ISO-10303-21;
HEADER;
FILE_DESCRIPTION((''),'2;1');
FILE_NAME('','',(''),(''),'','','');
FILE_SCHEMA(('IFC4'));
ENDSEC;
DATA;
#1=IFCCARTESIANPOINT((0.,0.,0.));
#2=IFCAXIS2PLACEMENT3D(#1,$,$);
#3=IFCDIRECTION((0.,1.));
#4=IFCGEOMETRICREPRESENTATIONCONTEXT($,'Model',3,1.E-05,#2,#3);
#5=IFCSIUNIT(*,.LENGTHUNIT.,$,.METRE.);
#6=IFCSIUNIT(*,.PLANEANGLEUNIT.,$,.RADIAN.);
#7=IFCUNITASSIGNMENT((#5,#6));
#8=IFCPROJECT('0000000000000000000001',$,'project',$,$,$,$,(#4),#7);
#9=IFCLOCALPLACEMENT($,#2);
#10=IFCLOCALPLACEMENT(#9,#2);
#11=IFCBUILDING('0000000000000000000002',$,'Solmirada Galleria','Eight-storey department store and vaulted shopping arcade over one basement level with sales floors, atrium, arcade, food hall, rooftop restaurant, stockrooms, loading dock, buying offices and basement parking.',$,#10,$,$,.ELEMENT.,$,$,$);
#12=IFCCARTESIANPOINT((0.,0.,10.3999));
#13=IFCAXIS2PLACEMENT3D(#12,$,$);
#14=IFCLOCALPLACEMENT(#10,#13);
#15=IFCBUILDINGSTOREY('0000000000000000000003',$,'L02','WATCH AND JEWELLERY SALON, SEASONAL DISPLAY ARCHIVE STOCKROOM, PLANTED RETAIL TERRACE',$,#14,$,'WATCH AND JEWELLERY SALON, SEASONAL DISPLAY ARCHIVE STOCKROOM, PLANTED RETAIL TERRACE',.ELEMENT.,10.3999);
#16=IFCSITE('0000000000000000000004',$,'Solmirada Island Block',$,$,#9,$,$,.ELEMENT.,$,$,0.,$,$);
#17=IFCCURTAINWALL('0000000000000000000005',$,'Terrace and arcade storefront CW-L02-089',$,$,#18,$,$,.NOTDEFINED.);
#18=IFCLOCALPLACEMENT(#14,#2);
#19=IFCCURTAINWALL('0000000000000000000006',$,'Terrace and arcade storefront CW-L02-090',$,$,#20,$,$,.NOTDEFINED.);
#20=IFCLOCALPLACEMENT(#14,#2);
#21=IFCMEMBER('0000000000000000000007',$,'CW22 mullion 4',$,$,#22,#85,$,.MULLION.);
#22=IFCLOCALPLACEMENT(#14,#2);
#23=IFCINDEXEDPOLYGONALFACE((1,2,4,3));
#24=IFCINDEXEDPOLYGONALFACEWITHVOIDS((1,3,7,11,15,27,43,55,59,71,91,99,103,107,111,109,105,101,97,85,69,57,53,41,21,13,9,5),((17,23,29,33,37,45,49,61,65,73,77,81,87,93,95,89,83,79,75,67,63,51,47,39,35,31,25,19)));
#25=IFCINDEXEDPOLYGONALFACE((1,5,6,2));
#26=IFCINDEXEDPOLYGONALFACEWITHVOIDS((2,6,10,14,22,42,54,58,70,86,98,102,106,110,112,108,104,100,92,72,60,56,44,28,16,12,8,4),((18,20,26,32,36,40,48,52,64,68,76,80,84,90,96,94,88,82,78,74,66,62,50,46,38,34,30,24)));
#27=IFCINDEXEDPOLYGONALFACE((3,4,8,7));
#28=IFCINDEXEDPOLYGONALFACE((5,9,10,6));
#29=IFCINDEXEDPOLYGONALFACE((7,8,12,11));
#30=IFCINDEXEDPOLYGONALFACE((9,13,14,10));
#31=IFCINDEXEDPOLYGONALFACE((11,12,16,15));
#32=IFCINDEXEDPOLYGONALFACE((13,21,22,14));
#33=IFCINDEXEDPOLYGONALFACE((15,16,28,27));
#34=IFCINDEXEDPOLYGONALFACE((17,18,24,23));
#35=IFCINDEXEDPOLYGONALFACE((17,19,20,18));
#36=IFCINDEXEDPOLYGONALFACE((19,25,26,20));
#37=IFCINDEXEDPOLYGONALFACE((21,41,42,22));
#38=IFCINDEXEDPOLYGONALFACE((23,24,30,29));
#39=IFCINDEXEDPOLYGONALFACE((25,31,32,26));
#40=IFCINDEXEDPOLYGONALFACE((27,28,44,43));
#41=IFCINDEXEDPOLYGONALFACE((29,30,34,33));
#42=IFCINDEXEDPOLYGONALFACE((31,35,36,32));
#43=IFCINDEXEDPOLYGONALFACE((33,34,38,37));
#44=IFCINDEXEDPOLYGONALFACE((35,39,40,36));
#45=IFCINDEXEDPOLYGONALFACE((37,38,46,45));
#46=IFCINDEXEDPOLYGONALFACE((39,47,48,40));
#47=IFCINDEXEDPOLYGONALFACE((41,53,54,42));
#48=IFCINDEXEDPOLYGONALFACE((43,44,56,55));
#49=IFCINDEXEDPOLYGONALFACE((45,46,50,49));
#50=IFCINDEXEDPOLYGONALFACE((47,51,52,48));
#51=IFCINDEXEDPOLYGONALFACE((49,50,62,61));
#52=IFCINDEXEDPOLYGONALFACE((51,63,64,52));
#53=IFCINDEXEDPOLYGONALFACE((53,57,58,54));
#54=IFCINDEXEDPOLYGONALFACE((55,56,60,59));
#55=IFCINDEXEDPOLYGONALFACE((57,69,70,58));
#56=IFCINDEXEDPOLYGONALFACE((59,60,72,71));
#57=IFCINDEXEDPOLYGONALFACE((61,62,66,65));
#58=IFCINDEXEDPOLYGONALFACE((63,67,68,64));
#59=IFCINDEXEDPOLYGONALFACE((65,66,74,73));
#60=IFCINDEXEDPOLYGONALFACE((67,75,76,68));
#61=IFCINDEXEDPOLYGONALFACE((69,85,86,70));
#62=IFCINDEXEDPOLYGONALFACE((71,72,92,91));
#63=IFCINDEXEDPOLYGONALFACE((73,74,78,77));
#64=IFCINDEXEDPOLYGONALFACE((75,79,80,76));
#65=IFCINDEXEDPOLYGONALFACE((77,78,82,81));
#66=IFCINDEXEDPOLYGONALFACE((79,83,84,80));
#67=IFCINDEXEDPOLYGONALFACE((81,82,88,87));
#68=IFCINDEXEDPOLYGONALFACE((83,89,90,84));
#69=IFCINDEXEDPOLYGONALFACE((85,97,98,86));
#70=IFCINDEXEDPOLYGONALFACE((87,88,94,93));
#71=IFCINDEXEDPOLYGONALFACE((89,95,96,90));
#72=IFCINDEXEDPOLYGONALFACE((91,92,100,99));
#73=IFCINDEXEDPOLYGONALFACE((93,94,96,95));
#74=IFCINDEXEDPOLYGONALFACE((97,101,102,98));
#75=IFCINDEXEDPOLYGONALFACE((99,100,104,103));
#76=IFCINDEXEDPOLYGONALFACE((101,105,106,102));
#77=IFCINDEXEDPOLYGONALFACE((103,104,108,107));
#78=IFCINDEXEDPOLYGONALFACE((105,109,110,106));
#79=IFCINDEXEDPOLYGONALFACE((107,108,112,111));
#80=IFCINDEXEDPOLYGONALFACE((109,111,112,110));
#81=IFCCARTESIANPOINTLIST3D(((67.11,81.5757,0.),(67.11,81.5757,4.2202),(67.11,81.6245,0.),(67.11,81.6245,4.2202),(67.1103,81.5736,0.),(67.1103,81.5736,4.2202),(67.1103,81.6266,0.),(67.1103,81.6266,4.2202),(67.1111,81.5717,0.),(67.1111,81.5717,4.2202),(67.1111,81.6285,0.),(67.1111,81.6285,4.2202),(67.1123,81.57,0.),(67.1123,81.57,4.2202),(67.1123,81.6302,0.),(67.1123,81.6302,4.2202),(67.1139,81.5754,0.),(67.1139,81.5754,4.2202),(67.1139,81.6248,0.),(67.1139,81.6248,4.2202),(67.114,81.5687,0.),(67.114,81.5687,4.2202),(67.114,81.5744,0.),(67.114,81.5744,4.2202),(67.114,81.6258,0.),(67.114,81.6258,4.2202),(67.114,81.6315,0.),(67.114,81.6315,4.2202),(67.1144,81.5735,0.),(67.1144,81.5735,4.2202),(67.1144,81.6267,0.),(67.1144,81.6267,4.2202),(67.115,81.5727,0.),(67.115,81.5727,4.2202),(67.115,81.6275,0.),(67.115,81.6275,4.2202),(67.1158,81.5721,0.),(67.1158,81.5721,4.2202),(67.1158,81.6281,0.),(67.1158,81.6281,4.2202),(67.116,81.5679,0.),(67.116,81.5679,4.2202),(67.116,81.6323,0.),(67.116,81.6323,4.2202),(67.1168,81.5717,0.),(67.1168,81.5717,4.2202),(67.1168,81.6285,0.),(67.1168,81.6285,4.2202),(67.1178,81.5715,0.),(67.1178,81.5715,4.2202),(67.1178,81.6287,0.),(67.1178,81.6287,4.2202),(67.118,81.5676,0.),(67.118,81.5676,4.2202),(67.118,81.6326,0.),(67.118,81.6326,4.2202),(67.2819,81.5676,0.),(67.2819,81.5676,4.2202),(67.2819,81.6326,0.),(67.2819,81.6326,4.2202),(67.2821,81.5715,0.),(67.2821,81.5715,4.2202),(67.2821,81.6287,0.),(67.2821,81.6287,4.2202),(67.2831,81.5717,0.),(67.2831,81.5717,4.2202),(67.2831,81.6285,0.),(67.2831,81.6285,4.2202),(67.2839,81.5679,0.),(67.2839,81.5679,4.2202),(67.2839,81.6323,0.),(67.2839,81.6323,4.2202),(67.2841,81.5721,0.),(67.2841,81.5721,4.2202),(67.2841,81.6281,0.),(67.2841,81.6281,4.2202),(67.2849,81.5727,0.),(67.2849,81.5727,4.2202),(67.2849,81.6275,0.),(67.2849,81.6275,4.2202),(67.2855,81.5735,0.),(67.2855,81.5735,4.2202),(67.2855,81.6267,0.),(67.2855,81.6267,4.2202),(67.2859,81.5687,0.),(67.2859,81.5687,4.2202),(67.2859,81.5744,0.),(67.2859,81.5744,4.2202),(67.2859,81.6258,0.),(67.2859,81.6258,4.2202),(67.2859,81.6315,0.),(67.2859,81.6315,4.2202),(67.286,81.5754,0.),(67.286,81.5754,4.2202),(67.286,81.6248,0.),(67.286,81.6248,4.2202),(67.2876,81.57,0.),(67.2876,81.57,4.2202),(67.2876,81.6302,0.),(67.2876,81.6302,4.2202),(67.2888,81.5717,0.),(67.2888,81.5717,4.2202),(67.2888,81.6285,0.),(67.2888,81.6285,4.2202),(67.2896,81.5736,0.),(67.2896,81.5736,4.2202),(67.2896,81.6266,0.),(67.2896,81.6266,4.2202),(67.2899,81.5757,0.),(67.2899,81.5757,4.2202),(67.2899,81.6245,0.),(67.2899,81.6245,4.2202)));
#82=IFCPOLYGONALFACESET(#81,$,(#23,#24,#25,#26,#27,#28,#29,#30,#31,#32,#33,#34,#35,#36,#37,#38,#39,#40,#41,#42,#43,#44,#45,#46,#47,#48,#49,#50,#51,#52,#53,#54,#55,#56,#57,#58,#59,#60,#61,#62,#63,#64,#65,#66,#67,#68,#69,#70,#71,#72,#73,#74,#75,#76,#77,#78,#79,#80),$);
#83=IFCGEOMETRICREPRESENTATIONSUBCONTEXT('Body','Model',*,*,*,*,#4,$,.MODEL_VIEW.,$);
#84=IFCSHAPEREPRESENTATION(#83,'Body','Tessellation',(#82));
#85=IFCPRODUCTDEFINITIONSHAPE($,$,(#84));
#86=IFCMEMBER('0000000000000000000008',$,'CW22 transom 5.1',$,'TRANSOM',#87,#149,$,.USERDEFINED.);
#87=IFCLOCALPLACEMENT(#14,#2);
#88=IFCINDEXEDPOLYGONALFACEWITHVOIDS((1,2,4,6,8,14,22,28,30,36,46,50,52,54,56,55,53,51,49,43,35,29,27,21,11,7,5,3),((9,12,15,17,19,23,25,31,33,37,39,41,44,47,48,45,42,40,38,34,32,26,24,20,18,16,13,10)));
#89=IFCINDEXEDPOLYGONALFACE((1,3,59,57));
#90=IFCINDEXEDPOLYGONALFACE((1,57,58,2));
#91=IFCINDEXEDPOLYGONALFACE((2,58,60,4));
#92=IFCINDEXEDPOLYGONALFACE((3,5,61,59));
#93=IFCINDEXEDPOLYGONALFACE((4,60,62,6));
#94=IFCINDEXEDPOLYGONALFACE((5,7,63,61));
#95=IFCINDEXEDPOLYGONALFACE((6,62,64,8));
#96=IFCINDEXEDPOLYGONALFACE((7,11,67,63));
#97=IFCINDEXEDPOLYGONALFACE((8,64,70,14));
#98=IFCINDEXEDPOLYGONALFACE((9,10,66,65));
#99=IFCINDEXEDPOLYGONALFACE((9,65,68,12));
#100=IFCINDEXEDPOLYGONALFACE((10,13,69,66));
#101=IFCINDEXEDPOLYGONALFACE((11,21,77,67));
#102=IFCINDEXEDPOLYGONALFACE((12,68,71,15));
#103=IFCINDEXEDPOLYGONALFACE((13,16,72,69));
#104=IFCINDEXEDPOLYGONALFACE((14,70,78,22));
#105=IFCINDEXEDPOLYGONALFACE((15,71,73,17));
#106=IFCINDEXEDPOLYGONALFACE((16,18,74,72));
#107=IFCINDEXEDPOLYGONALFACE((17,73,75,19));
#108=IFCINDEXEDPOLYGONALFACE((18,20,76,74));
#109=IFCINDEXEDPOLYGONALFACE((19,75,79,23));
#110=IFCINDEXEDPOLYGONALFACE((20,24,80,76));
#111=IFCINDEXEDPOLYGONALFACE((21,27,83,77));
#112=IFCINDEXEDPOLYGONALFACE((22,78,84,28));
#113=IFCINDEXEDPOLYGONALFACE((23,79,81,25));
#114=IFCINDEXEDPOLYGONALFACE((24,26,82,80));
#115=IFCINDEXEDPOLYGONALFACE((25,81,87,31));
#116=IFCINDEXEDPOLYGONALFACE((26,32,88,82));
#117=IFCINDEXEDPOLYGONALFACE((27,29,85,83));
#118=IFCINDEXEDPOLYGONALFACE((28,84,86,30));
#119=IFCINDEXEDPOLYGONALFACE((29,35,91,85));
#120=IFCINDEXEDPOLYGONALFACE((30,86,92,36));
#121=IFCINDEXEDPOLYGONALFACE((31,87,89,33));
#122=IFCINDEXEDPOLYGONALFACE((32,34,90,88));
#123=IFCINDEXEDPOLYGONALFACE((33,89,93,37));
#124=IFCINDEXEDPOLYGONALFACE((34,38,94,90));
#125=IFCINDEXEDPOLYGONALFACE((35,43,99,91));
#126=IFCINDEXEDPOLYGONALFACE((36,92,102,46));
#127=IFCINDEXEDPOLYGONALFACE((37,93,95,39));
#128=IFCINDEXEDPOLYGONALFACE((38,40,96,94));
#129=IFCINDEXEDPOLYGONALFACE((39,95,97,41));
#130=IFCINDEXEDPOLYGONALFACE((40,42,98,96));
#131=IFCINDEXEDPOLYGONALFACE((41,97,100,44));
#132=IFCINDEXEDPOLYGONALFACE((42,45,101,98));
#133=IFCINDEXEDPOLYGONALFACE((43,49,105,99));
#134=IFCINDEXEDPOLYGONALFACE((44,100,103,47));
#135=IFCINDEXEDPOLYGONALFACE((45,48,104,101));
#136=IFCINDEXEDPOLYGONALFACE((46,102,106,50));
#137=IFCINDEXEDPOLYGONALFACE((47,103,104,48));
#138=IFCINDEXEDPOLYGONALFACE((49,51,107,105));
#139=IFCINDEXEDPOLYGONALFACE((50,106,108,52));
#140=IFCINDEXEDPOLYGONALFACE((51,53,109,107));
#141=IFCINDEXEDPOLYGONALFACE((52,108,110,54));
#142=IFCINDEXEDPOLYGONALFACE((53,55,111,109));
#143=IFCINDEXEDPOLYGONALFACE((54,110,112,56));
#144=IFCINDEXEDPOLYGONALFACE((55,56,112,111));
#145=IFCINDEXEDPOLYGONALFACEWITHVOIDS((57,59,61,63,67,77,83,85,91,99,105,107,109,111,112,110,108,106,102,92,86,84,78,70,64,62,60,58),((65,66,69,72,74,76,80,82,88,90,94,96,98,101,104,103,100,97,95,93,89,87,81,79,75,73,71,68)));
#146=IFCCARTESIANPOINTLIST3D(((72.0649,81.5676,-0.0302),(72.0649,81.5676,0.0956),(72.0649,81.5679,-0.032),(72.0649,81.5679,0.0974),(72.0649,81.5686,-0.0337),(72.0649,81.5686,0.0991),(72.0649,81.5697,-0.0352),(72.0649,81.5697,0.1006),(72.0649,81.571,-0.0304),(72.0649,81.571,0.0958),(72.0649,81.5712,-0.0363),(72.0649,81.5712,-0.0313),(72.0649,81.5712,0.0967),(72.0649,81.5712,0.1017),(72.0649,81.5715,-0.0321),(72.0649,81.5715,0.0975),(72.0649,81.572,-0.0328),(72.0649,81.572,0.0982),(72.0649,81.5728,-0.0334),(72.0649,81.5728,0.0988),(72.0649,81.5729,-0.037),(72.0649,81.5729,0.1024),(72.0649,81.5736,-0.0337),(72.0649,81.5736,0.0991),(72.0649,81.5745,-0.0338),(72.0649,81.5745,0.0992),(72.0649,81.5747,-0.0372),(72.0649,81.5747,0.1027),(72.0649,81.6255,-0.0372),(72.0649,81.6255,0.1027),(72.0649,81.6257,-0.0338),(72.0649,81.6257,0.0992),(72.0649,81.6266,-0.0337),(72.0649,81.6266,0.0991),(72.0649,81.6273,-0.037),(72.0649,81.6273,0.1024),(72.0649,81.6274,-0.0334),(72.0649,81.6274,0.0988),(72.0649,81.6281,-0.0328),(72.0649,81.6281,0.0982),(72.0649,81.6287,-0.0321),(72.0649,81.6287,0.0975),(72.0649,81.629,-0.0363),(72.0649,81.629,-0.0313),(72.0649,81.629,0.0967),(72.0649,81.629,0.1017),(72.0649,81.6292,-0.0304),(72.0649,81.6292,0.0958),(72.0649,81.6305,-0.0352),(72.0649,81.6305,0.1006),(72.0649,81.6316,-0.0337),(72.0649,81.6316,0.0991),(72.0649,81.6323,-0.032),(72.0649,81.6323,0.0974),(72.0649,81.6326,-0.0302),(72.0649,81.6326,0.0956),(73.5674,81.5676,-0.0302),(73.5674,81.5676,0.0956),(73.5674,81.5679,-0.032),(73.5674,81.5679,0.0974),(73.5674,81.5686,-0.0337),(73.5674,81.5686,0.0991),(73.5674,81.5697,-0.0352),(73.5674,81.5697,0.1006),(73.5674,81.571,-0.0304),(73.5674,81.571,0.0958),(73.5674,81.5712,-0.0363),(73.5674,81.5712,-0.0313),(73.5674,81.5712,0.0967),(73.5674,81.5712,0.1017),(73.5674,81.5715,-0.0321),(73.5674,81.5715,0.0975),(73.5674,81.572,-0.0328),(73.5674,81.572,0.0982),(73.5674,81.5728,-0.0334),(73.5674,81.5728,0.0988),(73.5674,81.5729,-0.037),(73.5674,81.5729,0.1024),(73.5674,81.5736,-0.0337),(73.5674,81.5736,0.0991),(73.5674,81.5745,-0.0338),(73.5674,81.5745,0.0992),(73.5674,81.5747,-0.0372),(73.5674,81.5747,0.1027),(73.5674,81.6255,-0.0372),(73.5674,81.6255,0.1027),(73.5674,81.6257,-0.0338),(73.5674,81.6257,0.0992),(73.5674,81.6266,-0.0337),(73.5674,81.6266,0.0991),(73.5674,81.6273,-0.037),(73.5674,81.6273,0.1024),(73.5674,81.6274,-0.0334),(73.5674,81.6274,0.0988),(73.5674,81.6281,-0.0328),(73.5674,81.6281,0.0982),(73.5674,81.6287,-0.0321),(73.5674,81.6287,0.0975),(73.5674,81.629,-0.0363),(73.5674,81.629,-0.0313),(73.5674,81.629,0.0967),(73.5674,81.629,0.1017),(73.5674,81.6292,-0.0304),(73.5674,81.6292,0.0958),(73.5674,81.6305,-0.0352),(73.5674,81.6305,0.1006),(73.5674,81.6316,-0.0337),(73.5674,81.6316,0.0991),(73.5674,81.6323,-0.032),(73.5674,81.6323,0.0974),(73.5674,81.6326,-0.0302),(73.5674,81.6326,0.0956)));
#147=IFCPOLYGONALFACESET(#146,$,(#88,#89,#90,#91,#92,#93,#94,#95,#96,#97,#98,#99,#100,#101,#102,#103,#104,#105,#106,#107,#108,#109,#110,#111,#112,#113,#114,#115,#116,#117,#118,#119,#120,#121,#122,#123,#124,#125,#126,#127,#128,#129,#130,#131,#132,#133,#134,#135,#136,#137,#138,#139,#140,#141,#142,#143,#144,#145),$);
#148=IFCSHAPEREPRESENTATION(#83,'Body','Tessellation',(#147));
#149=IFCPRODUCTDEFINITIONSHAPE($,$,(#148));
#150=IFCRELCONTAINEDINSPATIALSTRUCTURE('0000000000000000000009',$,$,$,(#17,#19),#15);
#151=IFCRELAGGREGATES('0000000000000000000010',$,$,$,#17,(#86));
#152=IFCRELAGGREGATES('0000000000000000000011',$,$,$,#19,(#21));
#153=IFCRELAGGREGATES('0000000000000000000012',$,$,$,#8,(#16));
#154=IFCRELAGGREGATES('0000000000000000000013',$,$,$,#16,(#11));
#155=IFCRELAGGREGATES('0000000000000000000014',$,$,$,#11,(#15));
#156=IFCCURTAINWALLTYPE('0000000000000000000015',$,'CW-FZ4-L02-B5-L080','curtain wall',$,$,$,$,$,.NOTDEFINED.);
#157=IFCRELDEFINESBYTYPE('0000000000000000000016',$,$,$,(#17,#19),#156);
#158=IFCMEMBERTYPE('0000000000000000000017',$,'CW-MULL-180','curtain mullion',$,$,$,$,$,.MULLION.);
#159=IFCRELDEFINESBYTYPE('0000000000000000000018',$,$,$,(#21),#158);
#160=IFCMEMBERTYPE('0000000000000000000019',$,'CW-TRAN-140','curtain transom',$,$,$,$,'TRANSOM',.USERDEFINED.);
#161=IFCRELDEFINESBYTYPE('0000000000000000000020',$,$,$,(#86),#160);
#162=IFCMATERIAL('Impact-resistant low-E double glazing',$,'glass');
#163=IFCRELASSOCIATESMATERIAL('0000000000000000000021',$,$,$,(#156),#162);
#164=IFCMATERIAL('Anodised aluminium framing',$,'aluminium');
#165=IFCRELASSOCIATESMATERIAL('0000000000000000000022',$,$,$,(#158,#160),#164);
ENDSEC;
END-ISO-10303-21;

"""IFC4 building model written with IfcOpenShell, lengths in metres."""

from ifc_helpers import new_model, si_unit, direction, frame, origin, origin_2d, place, context, subcontext, project, spatial, hollow_rectangle, extrude, material, material_profile, profile_set, type_object, element, aggregate, save


model = new_model("IFC4")

# Units and contexts
model_context = context("Model", 3, precision=1e-05, world=origin(), true_north=direction((0.0, 1.0)))
body_context = subcontext(model_context, "Body", "Model", "MODEL_VIEW")
ifc_project = project(units=[si_unit("LENGTHUNIT", "METRE"), si_unit("PLANEANGLEUNIT", "RADIAN")], contexts=[model_context])

# Site, building, storey
site_placement = place(None, origin())
site = spatial("IfcSite", under=ifc_project, at=site_placement, Name="Solmirada Island Block", CompositionType="ELEMENT", RefElevation=0.0)
building_placement = place(site_placement, origin())
building = spatial("IfcBuilding", under=site, at=building_placement, Name="Solmirada Galleria", Description="Eight-storey department store and vaulted shopping arcade over one basement level with sales floors, atrium, arcade, food hall, rooftop restaurant, stockrooms, loading dock, buying offices and basement parking.", CompositionType="ELEMENT")
storey_placement = place(building_placement, frame((0.0, 0.0, 10.3999)))
storey = spatial("IfcBuildingStorey", under=building, at=storey_placement, Name="L02", Description="WATCH AND JEWELLERY SALON, SEASONAL DISPLAY ARCHIVE STOCKROOM, PLANTED RETAIL TERRACE", LongName="WATCH AND JEWELLERY SALON, SEASONAL DISPLAY ARCHIVE STOCKROOM, PLANTED RETAIL TERRACE", CompositionType="ELEMENT", Elevation=10.3999)

# Curtain wall
ifc_material_1 = material(Name="Impact-resistant low-E double glazing", Category="glass")
curtain_wall_type = type_object("IfcCurtainWallType", Name="CW-FZ4-L02-B5-L080", Description="curtain wall", PredefinedType="NOTDEFINED", material=ifc_material_1)
curtain_wall_1_placement = place(storey_placement, origin())
curtain_wall_1 = element("IfcCurtainWall", 1, at=curtain_wall_1_placement, inside=storey, type_object=curtain_wall_type, Name="Terrace and arcade storefront CW-L02-089", PredefinedType="NOTDEFINED")
ifc_material_2 = material(Name="Anodised aluminium framing", Category="aluminium")
ifc_material_profile_1 = material_profile(ifc_material_2, hollow_rectangle(XDim=0.0649, YDim=0.1799, WallThickness=0.0039, InnerFilletRadius=0.0039, OuterFilletRadius=0.0081, at=origin_2d()), Name="ALU-MULL-180X65")
ifc_profile_set_1 = profile_set([ifc_material_profile_1], Name="Anodised aluminium framing")
member_type_1 = type_object("IfcMemberType", Name="CW-MULL-180", Description="curtain mullion", PredefinedType="MULLION", material=ifc_profile_set_1)

# Curtain wall, member
curtain_wall_2_placement = place(storey_placement, origin())
curtain_wall_2 = element("IfcCurtainWall", 2, at=curtain_wall_2_placement, inside=storey, type_object=curtain_wall_type, Name="Terrace and arcade storefront CW-L02-090", PredefinedType="NOTDEFINED")
member_1_placement = place(storey_placement, frame((67.2, 81.6001, 0.0), z_axis=(0.0, 0.0, 1.0), x_axis=(0.0, -1.0, 0.0)))
member_1 = element("IfcMember", 3, at=member_1_placement, type_object=member_type_1, Name="CW22 mullion 4", PredefinedType="MULLION", context=body_context, shape_type="SweptSolid", body=[
    extrude(hollow_rectangle(XDim=0.0649, YDim=0.1799, WallThickness=0.0039, InnerFilletRadius=0.0039, OuterFilletRadius=0.0081, at=origin_2d()), origin(), (0.0, 0.0, 1.0), 4.2202),
])

# Member
ifc_material_profile_2 = material_profile(ifc_material_2, hollow_rectangle(XDim=0.0649, YDim=0.1399, WallThickness=0.0034, InnerFilletRadius=0.0034, OuterFilletRadius=0.0071, at=origin_2d()), Name="ALU-TRAN-140X65")
ifc_profile_set_2 = profile_set([ifc_material_profile_2], Name="Anodised aluminium framing")
member_type_2 = type_object("IfcMemberType", Name="CW-TRAN-140", Description="curtain transom", ElementType="TRANSOM", PredefinedType="USERDEFINED", material=ifc_profile_set_2)
member_2_placement = place(storey_placement, frame((73.5674, 81.6001, 0.0327), z_axis=(-1.0, 0.0, 0.0), x_axis=(0.0, -1.0, 0.0)))
member_2 = element("IfcMember", 4, at=member_2_placement, type_object=member_type_2, Name="CW22 transom 5.1", ObjectType="TRANSOM", PredefinedType="USERDEFINED", context=body_context, shape_type="SweptSolid", body=[
    extrude(hollow_rectangle(XDim=0.0649, YDim=0.1399, WallThickness=0.0034, InnerFilletRadius=0.0034, OuterFilletRadius=0.0071, at=origin_2d()), origin(), (0.0, 0.0, 1.0), 1.5024),
])

aggregate(curtain_wall_1, [member_2])
aggregate(curtain_wall_2, [member_1])

save(model, "model.ifc")
